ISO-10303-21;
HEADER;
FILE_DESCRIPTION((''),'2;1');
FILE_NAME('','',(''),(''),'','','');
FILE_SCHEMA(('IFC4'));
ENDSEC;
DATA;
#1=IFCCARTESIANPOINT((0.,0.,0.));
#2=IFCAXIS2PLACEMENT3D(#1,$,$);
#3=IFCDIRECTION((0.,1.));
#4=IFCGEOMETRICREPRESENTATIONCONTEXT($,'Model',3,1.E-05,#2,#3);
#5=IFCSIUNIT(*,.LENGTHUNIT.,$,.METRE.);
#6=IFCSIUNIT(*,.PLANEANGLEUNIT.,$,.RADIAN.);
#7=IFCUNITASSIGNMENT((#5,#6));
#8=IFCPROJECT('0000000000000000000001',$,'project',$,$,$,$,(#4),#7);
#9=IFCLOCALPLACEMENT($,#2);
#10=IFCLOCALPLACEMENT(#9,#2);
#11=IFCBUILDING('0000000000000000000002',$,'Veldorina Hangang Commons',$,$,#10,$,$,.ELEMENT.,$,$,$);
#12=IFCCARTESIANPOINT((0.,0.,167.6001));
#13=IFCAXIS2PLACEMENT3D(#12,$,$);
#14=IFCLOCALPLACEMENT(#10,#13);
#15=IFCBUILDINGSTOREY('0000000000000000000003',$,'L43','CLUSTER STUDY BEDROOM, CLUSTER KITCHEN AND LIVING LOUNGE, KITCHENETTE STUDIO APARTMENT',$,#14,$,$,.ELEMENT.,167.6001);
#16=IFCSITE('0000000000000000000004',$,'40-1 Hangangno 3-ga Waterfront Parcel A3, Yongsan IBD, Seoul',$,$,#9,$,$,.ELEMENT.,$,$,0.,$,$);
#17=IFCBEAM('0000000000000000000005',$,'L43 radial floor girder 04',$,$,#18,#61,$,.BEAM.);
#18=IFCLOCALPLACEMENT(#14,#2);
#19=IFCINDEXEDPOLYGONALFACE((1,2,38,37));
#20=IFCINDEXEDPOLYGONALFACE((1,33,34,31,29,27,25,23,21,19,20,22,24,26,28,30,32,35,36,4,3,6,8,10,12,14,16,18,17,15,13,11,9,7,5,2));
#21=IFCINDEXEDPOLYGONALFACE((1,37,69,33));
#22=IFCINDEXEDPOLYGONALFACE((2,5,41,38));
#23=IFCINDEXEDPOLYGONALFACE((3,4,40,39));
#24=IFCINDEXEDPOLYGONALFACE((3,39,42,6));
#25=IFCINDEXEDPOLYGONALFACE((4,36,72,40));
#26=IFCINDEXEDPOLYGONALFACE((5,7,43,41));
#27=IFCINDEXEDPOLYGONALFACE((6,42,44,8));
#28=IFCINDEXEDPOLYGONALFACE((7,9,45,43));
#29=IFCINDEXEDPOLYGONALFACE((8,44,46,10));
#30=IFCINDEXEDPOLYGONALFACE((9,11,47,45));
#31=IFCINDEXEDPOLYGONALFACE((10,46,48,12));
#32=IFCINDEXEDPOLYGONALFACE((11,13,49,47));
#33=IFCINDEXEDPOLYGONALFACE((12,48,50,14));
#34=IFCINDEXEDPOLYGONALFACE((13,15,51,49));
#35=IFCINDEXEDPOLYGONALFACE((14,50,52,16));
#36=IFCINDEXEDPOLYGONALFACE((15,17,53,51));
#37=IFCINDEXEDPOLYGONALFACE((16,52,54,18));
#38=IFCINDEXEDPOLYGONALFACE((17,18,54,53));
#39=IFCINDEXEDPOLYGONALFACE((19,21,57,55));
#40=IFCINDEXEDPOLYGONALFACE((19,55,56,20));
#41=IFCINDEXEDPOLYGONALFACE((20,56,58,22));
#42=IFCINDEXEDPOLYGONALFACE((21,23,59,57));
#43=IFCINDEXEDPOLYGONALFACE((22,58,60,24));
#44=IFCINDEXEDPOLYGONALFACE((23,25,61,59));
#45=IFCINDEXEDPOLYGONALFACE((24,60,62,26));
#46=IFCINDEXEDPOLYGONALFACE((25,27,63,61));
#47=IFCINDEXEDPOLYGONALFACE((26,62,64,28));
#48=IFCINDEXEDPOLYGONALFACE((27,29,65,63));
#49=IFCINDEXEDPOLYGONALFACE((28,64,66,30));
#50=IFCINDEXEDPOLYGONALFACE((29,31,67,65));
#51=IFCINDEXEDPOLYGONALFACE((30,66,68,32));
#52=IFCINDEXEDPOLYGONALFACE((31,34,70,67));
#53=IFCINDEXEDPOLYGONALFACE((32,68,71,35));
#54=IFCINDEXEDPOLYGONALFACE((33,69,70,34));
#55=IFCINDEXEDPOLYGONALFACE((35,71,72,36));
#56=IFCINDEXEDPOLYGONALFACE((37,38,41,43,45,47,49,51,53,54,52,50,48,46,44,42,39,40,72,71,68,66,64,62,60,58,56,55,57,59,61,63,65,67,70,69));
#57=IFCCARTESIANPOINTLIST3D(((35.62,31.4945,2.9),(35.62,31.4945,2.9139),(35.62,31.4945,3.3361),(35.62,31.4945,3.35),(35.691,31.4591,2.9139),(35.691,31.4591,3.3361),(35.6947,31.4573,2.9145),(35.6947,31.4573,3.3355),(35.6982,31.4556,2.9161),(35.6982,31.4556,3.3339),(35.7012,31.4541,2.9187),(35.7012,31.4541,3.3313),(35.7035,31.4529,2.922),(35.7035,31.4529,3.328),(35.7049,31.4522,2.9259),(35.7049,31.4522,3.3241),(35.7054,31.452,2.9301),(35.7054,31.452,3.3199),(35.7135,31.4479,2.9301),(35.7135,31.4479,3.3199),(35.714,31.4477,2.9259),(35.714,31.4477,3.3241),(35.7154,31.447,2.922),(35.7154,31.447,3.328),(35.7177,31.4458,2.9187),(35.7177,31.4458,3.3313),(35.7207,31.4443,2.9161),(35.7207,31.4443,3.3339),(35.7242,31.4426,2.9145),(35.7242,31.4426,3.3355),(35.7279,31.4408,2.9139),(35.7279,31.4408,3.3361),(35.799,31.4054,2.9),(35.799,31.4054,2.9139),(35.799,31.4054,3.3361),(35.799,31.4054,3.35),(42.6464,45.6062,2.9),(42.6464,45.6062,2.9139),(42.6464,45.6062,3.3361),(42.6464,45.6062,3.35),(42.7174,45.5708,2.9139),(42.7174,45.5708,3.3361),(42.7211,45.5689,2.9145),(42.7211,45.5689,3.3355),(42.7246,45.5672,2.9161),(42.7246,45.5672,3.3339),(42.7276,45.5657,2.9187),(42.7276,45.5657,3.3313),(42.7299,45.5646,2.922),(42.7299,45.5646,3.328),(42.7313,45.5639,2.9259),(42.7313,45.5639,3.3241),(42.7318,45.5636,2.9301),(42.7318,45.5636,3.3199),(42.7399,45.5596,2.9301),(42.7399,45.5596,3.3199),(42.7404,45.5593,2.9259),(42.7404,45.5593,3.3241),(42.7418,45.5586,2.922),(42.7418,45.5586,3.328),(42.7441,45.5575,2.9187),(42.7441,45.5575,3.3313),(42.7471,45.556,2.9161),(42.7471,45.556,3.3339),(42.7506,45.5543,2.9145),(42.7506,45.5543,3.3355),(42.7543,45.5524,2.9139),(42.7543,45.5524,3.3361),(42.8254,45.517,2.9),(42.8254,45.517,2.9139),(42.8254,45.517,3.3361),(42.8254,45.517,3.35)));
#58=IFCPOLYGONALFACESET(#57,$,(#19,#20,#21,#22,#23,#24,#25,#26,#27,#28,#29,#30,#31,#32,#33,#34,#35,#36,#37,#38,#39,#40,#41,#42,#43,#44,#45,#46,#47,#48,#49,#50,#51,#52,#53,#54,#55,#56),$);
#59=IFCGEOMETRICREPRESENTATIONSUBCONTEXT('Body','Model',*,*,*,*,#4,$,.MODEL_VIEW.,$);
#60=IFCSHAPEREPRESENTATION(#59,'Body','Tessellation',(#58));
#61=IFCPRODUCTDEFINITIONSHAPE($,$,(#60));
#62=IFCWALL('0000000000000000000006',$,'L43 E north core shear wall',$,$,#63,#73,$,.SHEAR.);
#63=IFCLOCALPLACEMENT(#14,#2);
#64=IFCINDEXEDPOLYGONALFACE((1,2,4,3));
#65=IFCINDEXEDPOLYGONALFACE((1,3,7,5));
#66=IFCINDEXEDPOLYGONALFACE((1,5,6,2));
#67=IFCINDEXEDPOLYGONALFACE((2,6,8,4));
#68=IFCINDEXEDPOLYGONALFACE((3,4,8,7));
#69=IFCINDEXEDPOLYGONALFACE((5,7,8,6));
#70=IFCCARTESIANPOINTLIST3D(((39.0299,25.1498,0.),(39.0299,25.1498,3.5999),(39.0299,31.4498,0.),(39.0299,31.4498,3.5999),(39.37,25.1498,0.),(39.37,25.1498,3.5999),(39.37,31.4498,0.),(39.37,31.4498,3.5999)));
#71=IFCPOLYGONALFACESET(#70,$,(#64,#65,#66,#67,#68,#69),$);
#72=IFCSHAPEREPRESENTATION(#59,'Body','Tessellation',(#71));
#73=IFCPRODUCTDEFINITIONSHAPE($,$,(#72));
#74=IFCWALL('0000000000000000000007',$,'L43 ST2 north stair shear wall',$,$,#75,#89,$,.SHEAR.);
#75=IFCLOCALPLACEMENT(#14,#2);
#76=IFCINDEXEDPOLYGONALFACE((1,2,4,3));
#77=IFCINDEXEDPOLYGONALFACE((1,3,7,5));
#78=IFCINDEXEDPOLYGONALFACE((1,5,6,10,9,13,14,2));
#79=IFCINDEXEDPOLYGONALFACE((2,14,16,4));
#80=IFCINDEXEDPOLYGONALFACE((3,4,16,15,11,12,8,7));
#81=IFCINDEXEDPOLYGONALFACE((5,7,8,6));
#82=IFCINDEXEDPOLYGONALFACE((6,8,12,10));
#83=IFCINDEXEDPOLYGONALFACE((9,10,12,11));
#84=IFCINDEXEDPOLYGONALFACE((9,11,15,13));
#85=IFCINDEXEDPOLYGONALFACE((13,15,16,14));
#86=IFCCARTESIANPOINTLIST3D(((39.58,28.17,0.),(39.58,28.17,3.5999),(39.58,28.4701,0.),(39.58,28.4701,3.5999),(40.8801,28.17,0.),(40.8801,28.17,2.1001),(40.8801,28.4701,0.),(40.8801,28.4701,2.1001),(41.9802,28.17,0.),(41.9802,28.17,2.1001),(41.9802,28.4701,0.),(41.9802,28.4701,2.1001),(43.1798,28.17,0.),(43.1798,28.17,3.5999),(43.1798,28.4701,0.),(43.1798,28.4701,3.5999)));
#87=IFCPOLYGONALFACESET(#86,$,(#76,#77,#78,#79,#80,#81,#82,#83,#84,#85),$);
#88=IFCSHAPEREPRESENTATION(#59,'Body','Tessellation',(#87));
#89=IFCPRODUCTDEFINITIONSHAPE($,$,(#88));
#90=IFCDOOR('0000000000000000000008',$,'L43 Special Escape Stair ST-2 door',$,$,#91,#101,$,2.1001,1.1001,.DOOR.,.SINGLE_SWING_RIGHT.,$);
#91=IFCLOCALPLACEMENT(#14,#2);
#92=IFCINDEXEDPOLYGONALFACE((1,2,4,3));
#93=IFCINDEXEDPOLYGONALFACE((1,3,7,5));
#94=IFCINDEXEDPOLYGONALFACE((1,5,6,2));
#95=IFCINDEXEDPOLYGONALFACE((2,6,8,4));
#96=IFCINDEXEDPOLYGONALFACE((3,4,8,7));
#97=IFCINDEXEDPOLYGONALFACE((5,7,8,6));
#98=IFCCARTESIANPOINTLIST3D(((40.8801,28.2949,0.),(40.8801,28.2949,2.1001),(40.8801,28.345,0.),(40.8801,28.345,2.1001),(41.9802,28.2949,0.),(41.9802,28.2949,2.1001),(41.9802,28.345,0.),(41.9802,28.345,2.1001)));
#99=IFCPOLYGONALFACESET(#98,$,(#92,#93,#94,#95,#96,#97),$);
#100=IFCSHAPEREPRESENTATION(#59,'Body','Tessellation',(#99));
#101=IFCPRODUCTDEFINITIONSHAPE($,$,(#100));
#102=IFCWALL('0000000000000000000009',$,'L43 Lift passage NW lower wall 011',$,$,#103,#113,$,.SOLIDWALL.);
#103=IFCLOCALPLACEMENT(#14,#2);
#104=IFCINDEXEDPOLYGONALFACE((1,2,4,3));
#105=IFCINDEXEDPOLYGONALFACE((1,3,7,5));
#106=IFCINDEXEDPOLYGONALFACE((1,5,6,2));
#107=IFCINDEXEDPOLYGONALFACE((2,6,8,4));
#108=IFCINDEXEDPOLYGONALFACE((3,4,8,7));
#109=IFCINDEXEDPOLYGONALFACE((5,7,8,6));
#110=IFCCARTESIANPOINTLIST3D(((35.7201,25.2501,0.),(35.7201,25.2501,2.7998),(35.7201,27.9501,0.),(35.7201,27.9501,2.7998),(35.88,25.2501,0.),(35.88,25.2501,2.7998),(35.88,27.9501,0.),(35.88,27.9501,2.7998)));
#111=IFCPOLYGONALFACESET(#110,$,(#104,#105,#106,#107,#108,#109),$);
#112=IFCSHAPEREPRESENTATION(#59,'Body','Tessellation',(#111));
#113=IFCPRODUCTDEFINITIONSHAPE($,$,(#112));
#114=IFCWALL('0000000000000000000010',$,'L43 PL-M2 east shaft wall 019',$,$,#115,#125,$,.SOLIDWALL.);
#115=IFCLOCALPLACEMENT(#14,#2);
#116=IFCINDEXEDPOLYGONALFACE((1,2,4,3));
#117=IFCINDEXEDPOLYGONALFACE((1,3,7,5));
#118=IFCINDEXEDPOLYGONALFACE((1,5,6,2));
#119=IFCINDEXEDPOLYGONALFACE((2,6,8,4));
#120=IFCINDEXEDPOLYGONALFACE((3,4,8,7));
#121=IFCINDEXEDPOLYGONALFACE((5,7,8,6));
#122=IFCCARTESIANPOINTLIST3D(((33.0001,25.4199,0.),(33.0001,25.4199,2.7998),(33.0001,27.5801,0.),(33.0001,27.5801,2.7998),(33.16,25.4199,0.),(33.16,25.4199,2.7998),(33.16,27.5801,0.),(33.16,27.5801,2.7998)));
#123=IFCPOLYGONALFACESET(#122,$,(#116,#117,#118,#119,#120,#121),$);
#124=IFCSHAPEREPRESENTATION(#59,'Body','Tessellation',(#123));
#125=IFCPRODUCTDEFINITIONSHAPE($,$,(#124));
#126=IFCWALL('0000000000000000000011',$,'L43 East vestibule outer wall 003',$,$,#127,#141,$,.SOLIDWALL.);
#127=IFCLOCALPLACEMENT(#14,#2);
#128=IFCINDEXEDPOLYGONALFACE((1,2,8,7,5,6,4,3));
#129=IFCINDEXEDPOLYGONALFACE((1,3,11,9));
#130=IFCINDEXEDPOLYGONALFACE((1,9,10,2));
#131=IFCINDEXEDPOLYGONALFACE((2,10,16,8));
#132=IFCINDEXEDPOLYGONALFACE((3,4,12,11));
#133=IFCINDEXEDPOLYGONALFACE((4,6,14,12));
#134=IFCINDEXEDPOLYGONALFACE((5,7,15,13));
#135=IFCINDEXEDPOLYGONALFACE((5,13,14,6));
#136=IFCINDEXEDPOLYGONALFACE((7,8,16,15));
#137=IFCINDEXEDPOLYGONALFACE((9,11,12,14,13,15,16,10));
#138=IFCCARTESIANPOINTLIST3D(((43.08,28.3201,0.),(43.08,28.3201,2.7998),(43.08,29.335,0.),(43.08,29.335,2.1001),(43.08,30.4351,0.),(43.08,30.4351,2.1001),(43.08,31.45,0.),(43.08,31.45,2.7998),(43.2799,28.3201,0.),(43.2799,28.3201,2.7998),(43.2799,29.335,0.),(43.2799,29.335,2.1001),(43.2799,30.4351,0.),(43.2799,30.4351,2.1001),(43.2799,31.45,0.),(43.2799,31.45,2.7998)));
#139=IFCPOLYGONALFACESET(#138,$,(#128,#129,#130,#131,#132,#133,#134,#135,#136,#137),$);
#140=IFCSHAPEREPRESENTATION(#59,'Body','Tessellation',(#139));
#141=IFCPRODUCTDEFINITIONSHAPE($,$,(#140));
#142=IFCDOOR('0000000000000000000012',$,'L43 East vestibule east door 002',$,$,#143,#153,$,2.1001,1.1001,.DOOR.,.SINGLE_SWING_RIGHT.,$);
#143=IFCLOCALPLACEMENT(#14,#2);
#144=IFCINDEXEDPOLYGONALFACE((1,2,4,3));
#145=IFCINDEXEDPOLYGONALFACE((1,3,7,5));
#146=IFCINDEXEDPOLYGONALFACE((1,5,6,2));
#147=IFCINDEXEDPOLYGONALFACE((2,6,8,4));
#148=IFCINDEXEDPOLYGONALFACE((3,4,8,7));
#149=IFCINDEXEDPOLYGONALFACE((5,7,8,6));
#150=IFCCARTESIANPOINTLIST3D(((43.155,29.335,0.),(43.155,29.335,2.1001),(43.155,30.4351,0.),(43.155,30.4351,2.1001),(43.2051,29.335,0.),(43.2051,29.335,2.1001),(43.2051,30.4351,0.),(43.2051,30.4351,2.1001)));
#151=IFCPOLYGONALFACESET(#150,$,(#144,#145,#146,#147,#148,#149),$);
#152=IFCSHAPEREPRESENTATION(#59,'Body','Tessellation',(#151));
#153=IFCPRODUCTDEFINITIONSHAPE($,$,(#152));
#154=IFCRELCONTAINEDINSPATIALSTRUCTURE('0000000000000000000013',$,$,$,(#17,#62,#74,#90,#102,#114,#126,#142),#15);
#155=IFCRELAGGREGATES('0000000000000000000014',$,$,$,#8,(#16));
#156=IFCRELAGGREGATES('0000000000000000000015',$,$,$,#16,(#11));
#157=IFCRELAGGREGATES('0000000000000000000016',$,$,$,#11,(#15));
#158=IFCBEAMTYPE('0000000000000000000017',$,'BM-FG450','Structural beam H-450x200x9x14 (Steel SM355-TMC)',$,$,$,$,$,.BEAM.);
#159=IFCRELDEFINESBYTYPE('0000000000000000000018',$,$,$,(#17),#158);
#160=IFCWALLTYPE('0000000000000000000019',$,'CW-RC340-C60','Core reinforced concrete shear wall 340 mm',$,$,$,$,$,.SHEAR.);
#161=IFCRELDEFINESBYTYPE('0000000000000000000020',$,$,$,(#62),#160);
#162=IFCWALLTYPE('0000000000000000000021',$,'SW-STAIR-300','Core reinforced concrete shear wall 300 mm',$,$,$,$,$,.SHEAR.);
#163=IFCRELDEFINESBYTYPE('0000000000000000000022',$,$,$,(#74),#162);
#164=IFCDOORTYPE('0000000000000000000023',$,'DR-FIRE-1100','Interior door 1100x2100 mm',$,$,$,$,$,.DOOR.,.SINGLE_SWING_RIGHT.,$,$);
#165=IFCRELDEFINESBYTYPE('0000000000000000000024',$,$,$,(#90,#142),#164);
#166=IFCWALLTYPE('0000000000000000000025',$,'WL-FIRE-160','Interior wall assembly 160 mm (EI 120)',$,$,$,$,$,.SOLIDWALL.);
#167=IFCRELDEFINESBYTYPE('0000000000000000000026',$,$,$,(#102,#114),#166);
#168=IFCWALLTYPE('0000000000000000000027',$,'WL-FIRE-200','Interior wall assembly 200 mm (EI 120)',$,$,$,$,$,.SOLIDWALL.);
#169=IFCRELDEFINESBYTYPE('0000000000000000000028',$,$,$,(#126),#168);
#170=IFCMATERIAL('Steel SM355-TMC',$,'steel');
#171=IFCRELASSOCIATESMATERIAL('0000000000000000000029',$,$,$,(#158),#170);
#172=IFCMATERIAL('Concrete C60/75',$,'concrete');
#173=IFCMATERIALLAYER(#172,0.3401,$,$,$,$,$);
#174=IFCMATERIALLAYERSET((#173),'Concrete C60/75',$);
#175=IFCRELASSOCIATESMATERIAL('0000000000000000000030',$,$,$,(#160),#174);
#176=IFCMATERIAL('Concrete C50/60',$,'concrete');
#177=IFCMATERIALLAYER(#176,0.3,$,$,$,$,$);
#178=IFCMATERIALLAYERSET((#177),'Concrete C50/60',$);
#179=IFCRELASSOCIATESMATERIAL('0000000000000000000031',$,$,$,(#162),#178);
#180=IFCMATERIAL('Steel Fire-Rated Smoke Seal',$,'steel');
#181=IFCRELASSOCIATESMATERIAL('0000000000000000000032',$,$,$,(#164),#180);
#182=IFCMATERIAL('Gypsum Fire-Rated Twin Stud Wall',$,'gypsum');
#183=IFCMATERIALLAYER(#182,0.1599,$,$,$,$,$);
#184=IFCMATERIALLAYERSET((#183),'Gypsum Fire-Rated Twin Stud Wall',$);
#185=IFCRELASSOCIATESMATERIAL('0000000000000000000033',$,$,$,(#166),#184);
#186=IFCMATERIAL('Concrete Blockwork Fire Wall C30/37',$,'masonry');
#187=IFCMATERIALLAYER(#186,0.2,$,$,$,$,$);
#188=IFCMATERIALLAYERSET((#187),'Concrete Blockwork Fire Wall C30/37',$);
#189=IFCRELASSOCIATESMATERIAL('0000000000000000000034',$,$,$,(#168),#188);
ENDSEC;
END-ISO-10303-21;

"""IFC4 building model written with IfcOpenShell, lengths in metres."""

from ifc_helpers import new_model, si_unit, direction, frame, frame_2d, origin, origin_2d, place, context, subcontext, project, spatial, rectangle, i_section, extrude, material, layer, layer_set, material_profile, profile_set, type_object, element, fill, save


model = new_model("IFC4")

# Units and contexts
model_context = context("Model", 3, precision=1e-05, world=origin(), true_north=direction((0.0, 1.0)))
body_context = subcontext(model_context, "Body", "Model", "MODEL_VIEW")
ifc_project = project(units=[si_unit("LENGTHUNIT", "METRE"), si_unit("PLANEANGLEUNIT", "RADIAN")], contexts=[model_context])

# Site, building, storey
site_placement = place(None, origin())
site = spatial("IfcSite", under=ifc_project, at=site_placement, Name="40-1 Hangangno 3-ga Waterfront Parcel A3, Yongsan IBD, Seoul", CompositionType="ELEMENT", RefElevation=0.0)
building_placement = place(site_placement, origin())
building = spatial("IfcBuilding", under=site, at=building_placement, Name="Veldorina Hangang Commons", CompositionType="ELEMENT")
storey_placement = place(building_placement, frame((0.0, 0.0, 167.6001)))
storey = spatial("IfcBuildingStorey", under=building, at=storey_placement, Name="L43", Description="CLUSTER STUDY BEDROOM, CLUSTER KITCHEN AND LIVING LOUNGE, KITCHENETTE STUDIO APARTMENT", CompositionType="ELEMENT", Elevation=167.6001)

# Beam
ifc_material_1 = material(Name="Concrete C60/75", Category="concrete")
ifc_material_2 = material(Name="Steel SM355-TMC", Category="steel")
ifc_material_profile_1 = material_profile(ifc_material_2, i_section(OverallWidth=0.2, OverallDepth=0.45, WebThickness=0.009, FlangeThickness=0.0139, FilletRadius=0.0161, at=origin_2d()), Name="H-450x200x9x14")
ifc_profile_set_1 = profile_set([ifc_material_profile_1], Name="Steel SM355-TMC")
beam_type_1 = type_object("IfcBeamType", Name="BM-FG450", Description="Structural beam H-450x200x9x14 (Steel SM355-TMC)", PredefinedType="BEAM", material=ifc_profile_set_1)
beam_1_placement = place(storey_placement, frame((35.7095, 31.45, 3.125), z_axis=(0.44572, 0.895172, 0.0), x_axis=(-0.895172, 0.44572, 0.0)))
element("IfcBeam", 1, at=beam_1_placement, inside=storey, type_object=beam_type_1, Name="L43 radial floor girder 04", PredefinedType="BEAM", context=body_context, shape_type="SweptSolid", body=[
    extrude(i_section(OverallWidth=0.2, OverallDepth=0.45, WebThickness=0.009, FlangeThickness=0.0139, FilletRadius=0.0161, at=origin_2d()), origin(), (0.0, 0.0, 1.0), 15.7642),
])

# Wall
ifc_layer_1 = layer(ifc_material_1, 0.3401)
ifc_layer_set_1 = layer_set([ifc_layer_1], Name="Concrete C60/75")
wall_type_1 = type_object("IfcWallType", Name="CW-RC340-C60", Description="Core reinforced concrete shear wall 340 mm", PredefinedType="SHEAR", material=ifc_layer_set_1)
wall_1_placement = place(storey_placement, frame((39.2, 25.1499, 0.0), z_axis=(0.0, 0.0, 1.0), x_axis=(0.0, 1.0, 0.0)))
element("IfcWall", 2, at=wall_1_placement, inside=storey, type_object=wall_type_1, Name="L43 E north core shear wall", PredefinedType="SHEAR", context=body_context, shape_type="SweptSolid", body=[
    extrude(rectangle(XDim=6.3, YDim=0.3401, at=frame_2d((3.1499, 0.0))), origin(), (0.0, 0.0, 1.0), 3.5999),
])

# Wall, opening, door
ifc_material_3 = material(Name="Concrete C50/60", Category="concrete")
ifc_layer_2 = layer(ifc_material_3, 0.3)
ifc_layer_set_2 = layer_set([ifc_layer_2], Name="Concrete C50/60")
wall_type_2 = type_object("IfcWallType", Name="SW-STAIR-300", Description="Core reinforced concrete shear wall 300 mm", PredefinedType="SHEAR", material=ifc_layer_set_2)
wall_2_placement = place(storey_placement, frame((39.5801, 28.3201, 0.0), z_axis=(0.0, 0.0, 1.0), x_axis=(1.0, 0.0, 0.0)))
wall_2 = element("IfcWall", 3, at=wall_2_placement, inside=storey, type_object=wall_type_2, Name="L43 ST2 north stair shear wall", PredefinedType="SHEAR", context=body_context, shape_type="SweptSolid", body=[
    extrude(rectangle(XDim=3.5999, YDim=0.3, at=frame_2d((1.7998, 0.0))), origin(), (0.0, 0.0, 1.0), 3.5999),
])
opening_1_placement = place(wall_2_placement, frame((1.3, 0.0, 0.0)))
opening_1 = element("IfcOpeningElement", 4, at=opening_1_placement, cuts=wall_2, PredefinedType="OPENING", context=body_context, shape_type="SweptSolid", body=[
    extrude(rectangle(XDim=1.1001, YDim=2.1001, at=frame_2d((0.55, 1.05))), frame((0.0, 0.1602, 0.0), z_axis=(0.0, -1.0, 0.0), x_axis=(1.0, 0.0, 0.0)), (0.0, 0.0, 1.0), 0.3201),
])
ifc_material_4 = material(Name="Steel Fire-Rated Smoke Seal", Category="steel")
door_type_1 = type_object("IfcDoorType", Name="DR-FIRE-1100", Description="Interior door 1100x2100 mm", OperationType="SINGLE_SWING_RIGHT", PredefinedType="DOOR", material=ifc_material_4)
door_1_placement = place(opening_1_placement, origin())
door_1 = element("IfcDoor", 5, at=door_1_placement, inside=storey, type_object=door_type_1, Name="L43 Special Escape Stair ST-2 door", OperationType="SINGLE_SWING_RIGHT", OverallHeight=2.1001, OverallWidth=1.1001, PredefinedType="DOOR", context=body_context, shape_type="SweptSolid", body=[
    extrude(rectangle(XDim=1.1001, YDim=2.1001, at=frame_2d((0.55, 1.05))), frame((0.0, 0.0249, 0.0), z_axis=(0.0, -1.0, 0.0), x_axis=(1.0, 0.0, 0.0)), (0.0, 0.0, 1.0), 0.05),
])
fill(opening_1, door_1)

# Walls
ifc_material_5 = material(Name="Gypsum Fire-Rated Twin Stud Wall", Category="gypsum")
ifc_layer_3 = layer(ifc_material_5, 0.1599)
ifc_layer_set_3 = layer_set([ifc_layer_3], Name="Gypsum Fire-Rated Twin Stud Wall")
wall_type_3 = type_object("IfcWallType", Name="WL-FIRE-160", Description="Interior wall assembly 160 mm (EI 120)", PredefinedType="SOLIDWALL", material=ifc_layer_set_3)
wall_3_placement = place(storey_placement, frame((35.8, 25.25, 0.0), z_axis=(0.0, 0.0, 1.0), x_axis=(0.0, 1.0, 0.0)))
element("IfcWall", 6, at=wall_3_placement, inside=storey, type_object=wall_type_3, Name="L43 Lift passage NW lower wall 011", PredefinedType="SOLIDWALL", context=body_context, shape_type="SweptSolid", body=[
    extrude(rectangle(XDim=2.7, YDim=0.1599, at=frame_2d((1.3501, 0.0))), origin(), (0.0, 0.0, 1.0), 2.7998),
])
wall_4_placement = place(storey_placement, frame((33.0801, 25.4199, 0.0), z_axis=(0.0, 0.0, 1.0), x_axis=(0.0, 1.0, 0.0)))
element("IfcWall", 7, at=wall_4_placement, inside=storey, type_object=wall_type_3, Name="L43 PL-M2 east shaft wall 019", PredefinedType="SOLIDWALL", context=body_context, shape_type="SweptSolid", body=[
    extrude(rectangle(XDim=2.1602, YDim=0.1599, at=frame_2d((1.0801, 0.0))), origin(), (0.0, 0.0, 1.0), 2.7998),
])

# Wall, opening, door
ifc_material_6 = material(Name="Concrete Blockwork Fire Wall C30/37", Category="masonry")
ifc_layer_4 = layer(ifc_material_6, 0.2)
ifc_layer_set_4 = layer_set([ifc_layer_4], Name="Concrete Blockwork Fire Wall C30/37")
wall_type_4 = type_object("IfcWallType", Name="WL-FIRE-200", Description="Interior wall assembly 200 mm (EI 120)", PredefinedType="SOLIDWALL", material=ifc_layer_set_4)
wall_5_placement = place(storey_placement, frame((43.1799, 28.3201, 0.0), z_axis=(0.0, 0.0, 1.0), x_axis=(0.0, 1.0, 0.0)))
wall_5 = element("IfcWall", 8, at=wall_5_placement, inside=storey, type_object=wall_type_4, Name="L43 East vestibule outer wall 003", PredefinedType="SOLIDWALL", context=body_context, shape_type="SweptSolid", body=[
    extrude(rectangle(XDim=3.1299, YDim=0.2, at=frame_2d((1.5649, 0.0))), origin(), (0.0, 0.0, 1.0), 2.7998),
])
opening_2_placement = place(wall_5_placement, frame((1.0149, 0.0, 0.0)))
opening_2 = element("IfcOpeningElement", 9, at=opening_2_placement, cuts=wall_5, PredefinedType="OPENING", context=body_context, shape_type="SweptSolid", body=[
    extrude(rectangle(XDim=1.1001, YDim=2.1001, at=frame_2d((0.55, 1.05))), frame((0.0, 0.1099, 0.0), z_axis=(0.0, -1.0, 0.0), x_axis=(1.0, 0.0, 0.0)), (0.0, 0.0, 1.0), 0.22),
])
door_2_placement = place(opening_2_placement, origin())
door_2 = element("IfcDoor", 10, at=door_2_placement, inside=storey, type_object=door_type_1, Name="L43 East vestibule east door 002", OperationType="SINGLE_SWING_RIGHT", OverallHeight=2.1001, OverallWidth=1.1001, PredefinedType="DOOR", context=body_context, shape_type="SweptSolid", body=[
    extrude(rectangle(XDim=1.1001, YDim=2.1001, at=frame_2d((0.55, 1.05))), frame((0.0, 0.0249, 0.0), z_axis=(0.0, -1.0, 0.0), x_axis=(1.0, 0.0, 0.0)), (0.0, 0.0, 1.0), 0.05),
])
fill(opening_2, door_2)

save(model, "model.ifc")
